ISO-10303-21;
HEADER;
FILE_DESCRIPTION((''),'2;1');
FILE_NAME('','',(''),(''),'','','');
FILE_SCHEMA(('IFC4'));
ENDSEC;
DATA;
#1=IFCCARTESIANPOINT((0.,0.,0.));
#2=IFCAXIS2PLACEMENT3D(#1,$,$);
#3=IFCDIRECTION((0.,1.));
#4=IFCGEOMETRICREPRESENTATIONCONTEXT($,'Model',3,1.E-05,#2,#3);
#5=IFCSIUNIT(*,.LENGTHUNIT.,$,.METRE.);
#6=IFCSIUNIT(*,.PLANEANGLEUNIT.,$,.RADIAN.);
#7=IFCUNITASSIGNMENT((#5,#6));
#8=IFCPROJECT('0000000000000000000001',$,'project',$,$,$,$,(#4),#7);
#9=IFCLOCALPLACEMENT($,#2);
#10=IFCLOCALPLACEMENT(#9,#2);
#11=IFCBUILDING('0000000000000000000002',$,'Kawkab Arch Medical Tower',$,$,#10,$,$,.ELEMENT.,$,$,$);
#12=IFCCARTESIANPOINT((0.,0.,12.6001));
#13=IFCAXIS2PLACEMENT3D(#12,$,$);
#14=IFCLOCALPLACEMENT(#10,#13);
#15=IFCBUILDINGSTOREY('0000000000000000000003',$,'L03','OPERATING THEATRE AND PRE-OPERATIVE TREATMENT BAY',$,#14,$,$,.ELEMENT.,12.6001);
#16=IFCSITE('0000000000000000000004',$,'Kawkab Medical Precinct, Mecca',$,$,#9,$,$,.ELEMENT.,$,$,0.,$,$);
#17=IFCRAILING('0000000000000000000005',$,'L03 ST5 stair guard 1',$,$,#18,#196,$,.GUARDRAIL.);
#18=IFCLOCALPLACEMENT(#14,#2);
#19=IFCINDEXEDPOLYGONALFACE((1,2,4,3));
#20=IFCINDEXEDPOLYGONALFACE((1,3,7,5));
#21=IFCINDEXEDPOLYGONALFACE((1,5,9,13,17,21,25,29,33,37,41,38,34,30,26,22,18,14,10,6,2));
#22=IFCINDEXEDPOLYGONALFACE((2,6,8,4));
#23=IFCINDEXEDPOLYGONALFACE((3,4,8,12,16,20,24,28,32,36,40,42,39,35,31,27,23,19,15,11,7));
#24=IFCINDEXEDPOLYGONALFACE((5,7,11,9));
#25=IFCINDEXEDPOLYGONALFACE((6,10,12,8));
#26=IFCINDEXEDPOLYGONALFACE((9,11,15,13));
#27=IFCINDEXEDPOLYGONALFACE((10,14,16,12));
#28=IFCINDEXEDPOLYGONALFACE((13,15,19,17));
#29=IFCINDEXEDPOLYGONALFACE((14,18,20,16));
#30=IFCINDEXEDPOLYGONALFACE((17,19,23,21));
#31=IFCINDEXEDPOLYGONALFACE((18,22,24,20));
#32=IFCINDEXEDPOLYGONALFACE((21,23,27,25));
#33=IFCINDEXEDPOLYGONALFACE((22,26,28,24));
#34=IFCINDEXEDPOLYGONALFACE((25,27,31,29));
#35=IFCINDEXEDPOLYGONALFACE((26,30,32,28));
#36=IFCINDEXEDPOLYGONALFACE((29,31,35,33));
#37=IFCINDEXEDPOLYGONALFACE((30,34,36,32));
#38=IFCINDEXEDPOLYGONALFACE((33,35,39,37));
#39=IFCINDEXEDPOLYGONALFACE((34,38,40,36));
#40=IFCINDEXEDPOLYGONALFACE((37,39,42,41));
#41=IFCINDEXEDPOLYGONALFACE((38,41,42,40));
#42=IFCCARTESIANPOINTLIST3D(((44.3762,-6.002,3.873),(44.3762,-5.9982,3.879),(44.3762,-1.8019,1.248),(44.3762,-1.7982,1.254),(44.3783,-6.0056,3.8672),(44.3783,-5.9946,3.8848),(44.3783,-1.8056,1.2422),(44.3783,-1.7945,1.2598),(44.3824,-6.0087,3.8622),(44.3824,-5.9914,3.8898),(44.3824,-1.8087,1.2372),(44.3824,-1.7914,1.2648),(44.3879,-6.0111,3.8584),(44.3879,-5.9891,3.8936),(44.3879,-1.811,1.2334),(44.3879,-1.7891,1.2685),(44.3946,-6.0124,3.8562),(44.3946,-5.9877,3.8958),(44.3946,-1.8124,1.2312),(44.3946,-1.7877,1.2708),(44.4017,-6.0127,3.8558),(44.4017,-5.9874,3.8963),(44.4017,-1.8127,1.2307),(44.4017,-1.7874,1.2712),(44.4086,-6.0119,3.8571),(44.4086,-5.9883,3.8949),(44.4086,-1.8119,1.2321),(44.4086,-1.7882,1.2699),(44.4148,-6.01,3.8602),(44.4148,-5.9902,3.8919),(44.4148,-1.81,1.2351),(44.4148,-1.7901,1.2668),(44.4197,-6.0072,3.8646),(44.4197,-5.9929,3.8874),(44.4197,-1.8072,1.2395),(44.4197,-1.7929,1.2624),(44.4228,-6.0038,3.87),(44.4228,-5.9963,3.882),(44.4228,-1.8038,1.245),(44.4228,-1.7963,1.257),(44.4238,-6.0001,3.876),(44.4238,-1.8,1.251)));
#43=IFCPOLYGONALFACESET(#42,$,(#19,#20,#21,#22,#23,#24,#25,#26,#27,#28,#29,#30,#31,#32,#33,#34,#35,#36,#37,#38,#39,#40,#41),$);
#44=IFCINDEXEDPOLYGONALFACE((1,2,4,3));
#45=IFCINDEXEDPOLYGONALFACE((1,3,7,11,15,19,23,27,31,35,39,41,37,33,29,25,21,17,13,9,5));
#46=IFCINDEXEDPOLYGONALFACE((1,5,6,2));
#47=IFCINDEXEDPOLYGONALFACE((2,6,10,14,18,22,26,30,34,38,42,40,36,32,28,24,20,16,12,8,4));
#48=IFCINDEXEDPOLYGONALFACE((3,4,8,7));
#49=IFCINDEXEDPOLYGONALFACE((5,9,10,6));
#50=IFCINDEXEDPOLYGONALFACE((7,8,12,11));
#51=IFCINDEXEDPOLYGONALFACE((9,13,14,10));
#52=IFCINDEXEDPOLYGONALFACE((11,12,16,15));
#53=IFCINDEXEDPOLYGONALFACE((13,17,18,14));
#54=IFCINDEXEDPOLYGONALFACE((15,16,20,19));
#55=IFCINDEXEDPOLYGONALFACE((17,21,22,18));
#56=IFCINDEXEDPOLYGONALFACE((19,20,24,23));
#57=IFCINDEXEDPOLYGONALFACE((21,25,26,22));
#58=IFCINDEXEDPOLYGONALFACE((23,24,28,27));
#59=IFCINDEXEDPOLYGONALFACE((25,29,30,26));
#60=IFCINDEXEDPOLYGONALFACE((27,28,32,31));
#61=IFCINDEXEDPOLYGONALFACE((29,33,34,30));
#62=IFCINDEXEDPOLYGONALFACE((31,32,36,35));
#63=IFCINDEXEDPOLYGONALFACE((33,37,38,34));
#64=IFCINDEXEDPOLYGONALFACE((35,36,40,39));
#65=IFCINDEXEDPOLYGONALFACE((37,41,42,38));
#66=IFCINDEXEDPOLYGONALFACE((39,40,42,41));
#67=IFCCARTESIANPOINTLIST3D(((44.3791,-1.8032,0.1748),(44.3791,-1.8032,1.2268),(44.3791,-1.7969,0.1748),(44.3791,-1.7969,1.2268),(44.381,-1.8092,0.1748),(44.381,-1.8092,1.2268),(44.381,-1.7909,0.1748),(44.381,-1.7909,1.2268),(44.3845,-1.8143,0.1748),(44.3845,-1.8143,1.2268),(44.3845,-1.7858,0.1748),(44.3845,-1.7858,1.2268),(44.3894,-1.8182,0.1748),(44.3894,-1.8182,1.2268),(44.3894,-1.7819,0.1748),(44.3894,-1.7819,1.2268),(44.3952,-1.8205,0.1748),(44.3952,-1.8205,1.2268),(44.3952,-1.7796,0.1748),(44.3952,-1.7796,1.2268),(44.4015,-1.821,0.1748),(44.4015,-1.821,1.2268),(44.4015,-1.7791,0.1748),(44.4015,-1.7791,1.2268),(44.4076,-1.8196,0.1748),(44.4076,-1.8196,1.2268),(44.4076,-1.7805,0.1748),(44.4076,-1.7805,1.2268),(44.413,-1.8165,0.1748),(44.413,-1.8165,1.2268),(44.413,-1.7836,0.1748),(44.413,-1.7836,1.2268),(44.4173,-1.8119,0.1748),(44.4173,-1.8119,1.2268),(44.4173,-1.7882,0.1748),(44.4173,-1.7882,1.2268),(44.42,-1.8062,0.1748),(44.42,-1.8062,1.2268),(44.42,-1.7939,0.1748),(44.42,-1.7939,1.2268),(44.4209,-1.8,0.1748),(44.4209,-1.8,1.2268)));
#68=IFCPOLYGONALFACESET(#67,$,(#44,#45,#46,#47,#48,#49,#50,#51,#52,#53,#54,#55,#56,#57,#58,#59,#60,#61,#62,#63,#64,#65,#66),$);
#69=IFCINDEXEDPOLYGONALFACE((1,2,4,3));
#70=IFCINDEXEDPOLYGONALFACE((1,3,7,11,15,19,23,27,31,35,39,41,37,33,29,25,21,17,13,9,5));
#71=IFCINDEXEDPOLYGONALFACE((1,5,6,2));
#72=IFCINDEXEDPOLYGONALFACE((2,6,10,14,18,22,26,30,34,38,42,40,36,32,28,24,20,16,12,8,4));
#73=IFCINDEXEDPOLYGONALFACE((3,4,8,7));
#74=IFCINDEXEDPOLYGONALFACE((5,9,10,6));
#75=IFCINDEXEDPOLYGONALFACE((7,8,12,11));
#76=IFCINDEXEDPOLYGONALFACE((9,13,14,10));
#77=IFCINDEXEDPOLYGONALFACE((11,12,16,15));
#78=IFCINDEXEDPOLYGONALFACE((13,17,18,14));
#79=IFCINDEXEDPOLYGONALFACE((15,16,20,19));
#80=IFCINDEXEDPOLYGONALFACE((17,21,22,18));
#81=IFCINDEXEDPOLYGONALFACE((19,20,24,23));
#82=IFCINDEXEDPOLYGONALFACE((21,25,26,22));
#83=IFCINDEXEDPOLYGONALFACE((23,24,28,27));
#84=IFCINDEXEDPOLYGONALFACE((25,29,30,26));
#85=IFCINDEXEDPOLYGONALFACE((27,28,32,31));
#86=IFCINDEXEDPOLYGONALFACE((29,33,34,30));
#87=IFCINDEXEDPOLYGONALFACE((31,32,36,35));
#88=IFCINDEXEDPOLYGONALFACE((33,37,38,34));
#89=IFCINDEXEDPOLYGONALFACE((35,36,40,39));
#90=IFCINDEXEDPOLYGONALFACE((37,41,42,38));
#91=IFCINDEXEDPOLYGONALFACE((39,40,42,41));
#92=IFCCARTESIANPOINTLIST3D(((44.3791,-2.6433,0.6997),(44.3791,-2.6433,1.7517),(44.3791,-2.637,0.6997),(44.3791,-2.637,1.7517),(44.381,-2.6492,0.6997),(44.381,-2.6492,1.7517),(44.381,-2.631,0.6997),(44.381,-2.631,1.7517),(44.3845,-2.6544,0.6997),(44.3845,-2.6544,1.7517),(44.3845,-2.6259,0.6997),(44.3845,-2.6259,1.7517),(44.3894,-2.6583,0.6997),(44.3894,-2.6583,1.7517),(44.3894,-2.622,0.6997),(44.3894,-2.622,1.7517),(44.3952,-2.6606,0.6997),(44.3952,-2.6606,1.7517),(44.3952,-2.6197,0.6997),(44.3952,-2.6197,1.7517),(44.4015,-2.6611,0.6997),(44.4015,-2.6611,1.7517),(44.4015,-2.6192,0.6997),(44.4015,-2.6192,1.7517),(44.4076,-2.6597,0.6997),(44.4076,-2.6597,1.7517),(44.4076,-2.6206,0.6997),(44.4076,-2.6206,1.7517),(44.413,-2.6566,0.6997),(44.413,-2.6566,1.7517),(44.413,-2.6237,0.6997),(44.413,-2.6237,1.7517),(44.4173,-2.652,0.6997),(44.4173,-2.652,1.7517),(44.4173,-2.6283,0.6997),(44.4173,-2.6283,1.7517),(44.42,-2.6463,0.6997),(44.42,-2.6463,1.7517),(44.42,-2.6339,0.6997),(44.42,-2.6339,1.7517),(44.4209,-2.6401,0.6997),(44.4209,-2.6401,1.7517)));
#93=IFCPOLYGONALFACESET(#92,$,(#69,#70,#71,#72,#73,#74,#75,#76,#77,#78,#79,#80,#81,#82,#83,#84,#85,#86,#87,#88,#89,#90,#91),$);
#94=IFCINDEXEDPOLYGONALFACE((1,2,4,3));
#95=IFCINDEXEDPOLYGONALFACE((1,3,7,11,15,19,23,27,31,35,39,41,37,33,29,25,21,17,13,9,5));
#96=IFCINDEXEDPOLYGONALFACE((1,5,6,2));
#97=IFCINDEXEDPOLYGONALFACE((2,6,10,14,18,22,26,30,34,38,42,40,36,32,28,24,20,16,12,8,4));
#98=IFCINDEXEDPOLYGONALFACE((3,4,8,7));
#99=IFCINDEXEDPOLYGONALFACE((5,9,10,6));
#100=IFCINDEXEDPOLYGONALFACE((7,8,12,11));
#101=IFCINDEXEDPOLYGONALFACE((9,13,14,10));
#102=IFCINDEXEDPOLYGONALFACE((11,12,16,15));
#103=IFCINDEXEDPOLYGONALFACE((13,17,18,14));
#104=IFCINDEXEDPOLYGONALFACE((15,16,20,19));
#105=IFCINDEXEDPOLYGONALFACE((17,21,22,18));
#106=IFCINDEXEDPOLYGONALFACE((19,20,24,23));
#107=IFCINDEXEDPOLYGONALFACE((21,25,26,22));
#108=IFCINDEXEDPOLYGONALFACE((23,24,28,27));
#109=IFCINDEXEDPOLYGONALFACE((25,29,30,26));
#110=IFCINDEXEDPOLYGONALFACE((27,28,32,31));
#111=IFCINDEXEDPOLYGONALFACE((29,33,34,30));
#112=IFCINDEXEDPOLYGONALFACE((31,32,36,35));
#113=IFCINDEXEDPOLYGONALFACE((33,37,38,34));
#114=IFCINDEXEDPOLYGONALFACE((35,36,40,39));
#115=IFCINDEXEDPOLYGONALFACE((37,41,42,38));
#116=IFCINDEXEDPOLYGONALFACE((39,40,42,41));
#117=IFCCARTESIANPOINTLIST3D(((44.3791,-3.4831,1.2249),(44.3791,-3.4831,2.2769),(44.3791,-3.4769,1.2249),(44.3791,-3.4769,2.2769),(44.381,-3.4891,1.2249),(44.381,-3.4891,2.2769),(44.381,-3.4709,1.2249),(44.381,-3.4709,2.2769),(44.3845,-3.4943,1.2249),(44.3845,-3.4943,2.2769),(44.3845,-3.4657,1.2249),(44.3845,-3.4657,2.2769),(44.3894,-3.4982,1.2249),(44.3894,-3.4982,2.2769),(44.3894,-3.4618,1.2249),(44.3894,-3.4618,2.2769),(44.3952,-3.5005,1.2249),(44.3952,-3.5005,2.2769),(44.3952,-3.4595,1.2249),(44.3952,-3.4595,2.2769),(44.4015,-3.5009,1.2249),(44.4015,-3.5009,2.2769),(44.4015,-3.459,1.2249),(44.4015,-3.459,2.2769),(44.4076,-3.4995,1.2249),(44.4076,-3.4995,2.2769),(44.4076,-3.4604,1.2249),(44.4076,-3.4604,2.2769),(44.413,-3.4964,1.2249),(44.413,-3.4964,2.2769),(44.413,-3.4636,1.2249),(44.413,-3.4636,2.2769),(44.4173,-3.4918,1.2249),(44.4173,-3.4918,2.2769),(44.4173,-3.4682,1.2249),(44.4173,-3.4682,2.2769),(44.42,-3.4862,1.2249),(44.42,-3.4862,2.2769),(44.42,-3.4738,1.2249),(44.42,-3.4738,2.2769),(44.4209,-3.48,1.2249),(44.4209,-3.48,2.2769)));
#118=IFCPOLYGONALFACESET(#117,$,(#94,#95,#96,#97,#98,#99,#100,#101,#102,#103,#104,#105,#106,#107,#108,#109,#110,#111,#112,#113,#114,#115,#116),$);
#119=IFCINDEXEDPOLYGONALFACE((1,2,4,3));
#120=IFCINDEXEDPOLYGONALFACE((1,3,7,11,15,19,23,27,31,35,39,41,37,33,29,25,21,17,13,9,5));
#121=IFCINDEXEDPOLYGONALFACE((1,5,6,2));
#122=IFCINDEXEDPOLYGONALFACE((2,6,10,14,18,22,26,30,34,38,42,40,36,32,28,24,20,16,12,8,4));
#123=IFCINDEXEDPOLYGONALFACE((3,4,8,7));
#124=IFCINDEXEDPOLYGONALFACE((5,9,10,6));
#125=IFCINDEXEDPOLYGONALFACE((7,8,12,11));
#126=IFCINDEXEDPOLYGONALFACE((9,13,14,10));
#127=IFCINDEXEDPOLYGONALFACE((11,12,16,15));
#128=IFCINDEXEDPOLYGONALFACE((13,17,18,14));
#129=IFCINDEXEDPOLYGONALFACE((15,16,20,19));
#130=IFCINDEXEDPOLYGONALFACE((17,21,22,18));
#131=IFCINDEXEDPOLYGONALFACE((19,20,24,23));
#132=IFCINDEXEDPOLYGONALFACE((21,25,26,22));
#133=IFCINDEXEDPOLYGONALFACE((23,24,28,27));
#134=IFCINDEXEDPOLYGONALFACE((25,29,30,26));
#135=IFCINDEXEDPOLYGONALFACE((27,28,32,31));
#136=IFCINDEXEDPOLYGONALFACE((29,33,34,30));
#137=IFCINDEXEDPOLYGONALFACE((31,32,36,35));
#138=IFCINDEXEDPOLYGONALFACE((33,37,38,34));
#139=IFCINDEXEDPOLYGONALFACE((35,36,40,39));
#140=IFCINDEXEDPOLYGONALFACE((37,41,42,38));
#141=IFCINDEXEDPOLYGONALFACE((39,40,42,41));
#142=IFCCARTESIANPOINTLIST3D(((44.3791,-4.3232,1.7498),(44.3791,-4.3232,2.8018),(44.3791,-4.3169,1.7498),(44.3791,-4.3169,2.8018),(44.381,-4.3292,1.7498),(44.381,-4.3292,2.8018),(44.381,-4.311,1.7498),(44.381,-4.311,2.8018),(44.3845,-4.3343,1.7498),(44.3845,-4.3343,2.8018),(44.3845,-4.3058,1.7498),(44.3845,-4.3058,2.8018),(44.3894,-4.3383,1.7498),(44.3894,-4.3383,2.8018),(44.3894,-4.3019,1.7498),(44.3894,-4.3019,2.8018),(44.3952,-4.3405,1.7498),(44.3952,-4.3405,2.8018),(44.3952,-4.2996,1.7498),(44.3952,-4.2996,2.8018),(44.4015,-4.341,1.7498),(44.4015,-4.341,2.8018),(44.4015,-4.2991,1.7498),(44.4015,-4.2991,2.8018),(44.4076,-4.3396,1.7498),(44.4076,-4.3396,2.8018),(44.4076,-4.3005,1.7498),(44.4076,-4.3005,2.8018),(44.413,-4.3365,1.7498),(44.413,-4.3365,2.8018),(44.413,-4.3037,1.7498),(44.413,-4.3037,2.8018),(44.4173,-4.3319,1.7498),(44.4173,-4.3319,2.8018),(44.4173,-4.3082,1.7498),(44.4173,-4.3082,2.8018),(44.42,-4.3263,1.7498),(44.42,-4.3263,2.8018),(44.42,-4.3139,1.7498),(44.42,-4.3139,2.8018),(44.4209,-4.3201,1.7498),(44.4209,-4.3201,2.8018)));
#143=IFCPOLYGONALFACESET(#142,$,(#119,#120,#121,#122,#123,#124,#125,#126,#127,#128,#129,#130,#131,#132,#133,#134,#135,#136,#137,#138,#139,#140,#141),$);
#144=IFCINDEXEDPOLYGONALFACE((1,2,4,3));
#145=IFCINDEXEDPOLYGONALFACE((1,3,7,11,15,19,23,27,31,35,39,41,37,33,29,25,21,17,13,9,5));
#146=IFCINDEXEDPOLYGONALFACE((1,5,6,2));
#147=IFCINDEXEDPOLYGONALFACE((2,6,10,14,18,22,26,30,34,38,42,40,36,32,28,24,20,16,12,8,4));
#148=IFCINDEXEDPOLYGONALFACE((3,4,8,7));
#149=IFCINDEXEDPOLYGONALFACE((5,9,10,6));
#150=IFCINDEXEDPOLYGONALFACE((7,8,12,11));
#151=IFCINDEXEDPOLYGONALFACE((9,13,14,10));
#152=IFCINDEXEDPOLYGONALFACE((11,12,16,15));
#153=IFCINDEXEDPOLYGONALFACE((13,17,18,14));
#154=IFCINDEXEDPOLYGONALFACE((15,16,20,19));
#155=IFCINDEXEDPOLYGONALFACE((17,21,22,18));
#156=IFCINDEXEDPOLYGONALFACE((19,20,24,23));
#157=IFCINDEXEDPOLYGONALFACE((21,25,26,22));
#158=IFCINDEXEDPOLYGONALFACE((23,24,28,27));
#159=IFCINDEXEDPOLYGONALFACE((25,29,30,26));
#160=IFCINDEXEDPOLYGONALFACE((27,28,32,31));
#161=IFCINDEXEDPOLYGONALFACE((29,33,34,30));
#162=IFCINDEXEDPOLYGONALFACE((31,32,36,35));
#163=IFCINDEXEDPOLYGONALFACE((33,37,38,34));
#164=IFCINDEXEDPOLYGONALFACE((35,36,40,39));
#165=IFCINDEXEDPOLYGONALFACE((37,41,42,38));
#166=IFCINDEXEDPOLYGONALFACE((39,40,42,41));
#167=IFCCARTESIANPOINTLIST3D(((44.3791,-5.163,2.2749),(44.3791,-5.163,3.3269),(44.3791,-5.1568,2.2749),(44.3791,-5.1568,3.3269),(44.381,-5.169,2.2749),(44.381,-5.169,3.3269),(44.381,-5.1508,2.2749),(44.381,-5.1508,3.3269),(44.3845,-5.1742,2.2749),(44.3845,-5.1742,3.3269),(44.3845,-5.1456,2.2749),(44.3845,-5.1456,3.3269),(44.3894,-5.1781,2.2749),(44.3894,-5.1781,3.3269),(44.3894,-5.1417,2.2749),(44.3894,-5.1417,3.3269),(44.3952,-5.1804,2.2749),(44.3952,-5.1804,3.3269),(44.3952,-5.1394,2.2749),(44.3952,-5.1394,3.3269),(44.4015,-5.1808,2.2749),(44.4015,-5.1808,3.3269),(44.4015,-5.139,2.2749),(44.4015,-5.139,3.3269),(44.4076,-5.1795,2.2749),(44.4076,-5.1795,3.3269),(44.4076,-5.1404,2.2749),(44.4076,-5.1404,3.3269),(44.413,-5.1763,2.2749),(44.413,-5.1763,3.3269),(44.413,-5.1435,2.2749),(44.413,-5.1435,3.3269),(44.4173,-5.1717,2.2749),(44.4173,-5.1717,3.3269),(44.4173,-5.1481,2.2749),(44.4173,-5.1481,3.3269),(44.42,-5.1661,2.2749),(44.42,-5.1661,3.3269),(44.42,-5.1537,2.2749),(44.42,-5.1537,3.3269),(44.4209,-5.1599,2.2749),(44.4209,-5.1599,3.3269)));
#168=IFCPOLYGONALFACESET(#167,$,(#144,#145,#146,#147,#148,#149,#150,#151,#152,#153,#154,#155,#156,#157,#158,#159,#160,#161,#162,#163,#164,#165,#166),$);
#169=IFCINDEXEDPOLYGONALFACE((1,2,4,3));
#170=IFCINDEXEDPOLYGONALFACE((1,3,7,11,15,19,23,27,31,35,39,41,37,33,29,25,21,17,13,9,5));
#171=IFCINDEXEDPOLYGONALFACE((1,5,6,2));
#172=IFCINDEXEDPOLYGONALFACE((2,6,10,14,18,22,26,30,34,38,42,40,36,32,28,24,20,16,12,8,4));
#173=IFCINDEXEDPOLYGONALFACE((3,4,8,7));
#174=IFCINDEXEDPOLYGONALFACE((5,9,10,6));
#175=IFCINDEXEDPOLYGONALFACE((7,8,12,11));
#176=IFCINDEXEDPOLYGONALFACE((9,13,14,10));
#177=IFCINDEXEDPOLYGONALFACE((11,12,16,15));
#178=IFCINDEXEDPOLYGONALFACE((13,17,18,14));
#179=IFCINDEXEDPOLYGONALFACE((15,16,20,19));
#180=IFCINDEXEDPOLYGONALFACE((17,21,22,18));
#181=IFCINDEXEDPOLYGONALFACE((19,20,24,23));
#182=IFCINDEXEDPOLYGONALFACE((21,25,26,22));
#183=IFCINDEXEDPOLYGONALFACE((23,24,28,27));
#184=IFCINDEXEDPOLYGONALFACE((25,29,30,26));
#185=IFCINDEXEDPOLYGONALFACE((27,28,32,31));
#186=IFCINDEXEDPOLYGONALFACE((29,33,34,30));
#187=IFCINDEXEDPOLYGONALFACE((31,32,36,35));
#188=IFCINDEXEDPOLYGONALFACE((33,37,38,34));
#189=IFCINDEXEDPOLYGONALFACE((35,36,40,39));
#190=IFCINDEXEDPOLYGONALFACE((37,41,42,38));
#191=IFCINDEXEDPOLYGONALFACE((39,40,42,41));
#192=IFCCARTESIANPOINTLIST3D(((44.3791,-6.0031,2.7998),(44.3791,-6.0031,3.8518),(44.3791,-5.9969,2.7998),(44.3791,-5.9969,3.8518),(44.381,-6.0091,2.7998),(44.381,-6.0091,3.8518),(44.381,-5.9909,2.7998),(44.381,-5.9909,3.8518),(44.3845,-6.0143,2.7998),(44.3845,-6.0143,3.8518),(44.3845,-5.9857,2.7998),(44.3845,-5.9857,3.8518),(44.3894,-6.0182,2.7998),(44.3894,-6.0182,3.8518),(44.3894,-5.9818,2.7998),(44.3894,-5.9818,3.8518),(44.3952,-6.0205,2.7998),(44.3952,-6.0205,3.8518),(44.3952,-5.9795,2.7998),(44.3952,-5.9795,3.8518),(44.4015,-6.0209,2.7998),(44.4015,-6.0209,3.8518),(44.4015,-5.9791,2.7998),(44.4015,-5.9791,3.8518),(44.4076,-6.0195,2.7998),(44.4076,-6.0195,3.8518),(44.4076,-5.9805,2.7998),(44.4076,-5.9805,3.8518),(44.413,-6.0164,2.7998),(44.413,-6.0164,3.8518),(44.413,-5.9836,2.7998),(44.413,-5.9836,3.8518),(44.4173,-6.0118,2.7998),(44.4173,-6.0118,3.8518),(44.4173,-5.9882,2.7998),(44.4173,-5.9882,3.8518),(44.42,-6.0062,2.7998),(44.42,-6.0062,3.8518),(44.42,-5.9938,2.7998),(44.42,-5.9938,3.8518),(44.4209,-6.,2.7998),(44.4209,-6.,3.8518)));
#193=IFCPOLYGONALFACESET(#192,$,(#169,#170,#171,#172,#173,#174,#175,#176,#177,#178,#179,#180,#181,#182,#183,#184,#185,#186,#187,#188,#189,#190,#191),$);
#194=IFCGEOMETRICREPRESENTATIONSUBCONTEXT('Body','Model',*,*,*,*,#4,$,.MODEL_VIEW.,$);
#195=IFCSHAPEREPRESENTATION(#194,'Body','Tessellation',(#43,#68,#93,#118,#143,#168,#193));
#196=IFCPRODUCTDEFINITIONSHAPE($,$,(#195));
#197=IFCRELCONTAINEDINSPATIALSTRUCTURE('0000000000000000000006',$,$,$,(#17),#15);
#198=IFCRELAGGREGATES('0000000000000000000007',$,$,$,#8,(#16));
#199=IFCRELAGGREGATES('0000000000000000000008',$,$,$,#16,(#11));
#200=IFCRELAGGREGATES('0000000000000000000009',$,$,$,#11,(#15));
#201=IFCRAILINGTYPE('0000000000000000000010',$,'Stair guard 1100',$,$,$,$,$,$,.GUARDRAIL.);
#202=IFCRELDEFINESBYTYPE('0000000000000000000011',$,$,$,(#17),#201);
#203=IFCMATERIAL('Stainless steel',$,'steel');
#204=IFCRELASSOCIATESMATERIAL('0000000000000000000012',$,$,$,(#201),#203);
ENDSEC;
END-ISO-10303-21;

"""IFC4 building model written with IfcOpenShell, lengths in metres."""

from ifc_helpers import new_model, si_unit, direction, frame, origin, origin_2d, place, context, subcontext, project, spatial, circle, extrude, material, type_object, element, save


model = new_model("IFC4")

# Units and contexts
model_context = context("Model", 3, precision=1e-05, world=origin(), true_north=direction((0.0, 1.0)))
body_context = subcontext(model_context, "Body", "Model", "MODEL_VIEW")
ifc_project = project(units=[si_unit("LENGTHUNIT", "METRE"), si_unit("PLANEANGLEUNIT", "RADIAN")], contexts=[model_context])

# Site, building, storey
site_placement = place(None, origin())
site = spatial("IfcSite", under=ifc_project, at=site_placement, Name="Kawkab Medical Precinct, Mecca", CompositionType="ELEMENT", RefElevation=0.0)
building_placement = place(site_placement, origin())
building = spatial("IfcBuilding", under=site, at=building_placement, Name="Kawkab Arch Medical Tower", CompositionType="ELEMENT")
storey_placement = place(building_placement, frame((0.0, 0.0, 12.6001)))
storey = spatial("IfcBuildingStorey", under=building, at=storey_placement, Name="L03", Description="OPERATING THEATRE AND PRE-OPERATIVE TREATMENT BAY", CompositionType="ELEMENT", Elevation=12.6001)

# Railing
ifc_material_1 = material(Name="Stainless steel", Category="steel")
railing_type = type_object("IfcRailingType", Name="Stair guard 1100", PredefinedType="GUARDRAIL", material=ifc_material_1)
railing_1_placement = place(storey_placement, frame((44.3999, -1.8, 0.1748)))
element("IfcRailing", 1, at=railing_1_placement, inside=storey, type_object=railing_type, Name="L03 ST5 stair guard 1", PredefinedType="GUARDRAIL", context=body_context, shape_type="SweptSolid", body=[
    extrude(circle(Radius=0.0239, at=origin_2d()), frame((0.0, 0.0, 1.0762), z_axis=(0.0, -0.847996, 0.530003), x_axis=(1.0, 0.0, 0.0)), (0.0, 0.0, 1.0), 4.9529),
    extrude(circle(Radius=0.021, at=origin_2d()), origin(), (0.0, 0.0, 1.0), 1.052),
    extrude(circle(Radius=0.021, at=origin_2d()), frame((0.0, -0.8401, 0.5249)), (0.0, 0.0, 1.0), 1.052),
    extrude(circle(Radius=0.021, at=origin_2d()), frame((0.0, -1.6799, 1.05)), (0.0, 0.0, 1.0), 1.052),
    extrude(circle(Radius=0.021, at=origin_2d()), frame((0.0, -2.52, 1.575)), (0.0, 0.0, 1.0), 1.052),
    extrude(circle(Radius=0.021, at=origin_2d()), frame((0.0, -3.3599, 2.1001)), (0.0, 0.0, 1.0), 1.052),
    extrude(circle(Radius=0.021, at=origin_2d()), frame((0.0, -4.2, 2.625)), (0.0, 0.0, 1.0), 1.052),
])

save(model, "model.ifc")
